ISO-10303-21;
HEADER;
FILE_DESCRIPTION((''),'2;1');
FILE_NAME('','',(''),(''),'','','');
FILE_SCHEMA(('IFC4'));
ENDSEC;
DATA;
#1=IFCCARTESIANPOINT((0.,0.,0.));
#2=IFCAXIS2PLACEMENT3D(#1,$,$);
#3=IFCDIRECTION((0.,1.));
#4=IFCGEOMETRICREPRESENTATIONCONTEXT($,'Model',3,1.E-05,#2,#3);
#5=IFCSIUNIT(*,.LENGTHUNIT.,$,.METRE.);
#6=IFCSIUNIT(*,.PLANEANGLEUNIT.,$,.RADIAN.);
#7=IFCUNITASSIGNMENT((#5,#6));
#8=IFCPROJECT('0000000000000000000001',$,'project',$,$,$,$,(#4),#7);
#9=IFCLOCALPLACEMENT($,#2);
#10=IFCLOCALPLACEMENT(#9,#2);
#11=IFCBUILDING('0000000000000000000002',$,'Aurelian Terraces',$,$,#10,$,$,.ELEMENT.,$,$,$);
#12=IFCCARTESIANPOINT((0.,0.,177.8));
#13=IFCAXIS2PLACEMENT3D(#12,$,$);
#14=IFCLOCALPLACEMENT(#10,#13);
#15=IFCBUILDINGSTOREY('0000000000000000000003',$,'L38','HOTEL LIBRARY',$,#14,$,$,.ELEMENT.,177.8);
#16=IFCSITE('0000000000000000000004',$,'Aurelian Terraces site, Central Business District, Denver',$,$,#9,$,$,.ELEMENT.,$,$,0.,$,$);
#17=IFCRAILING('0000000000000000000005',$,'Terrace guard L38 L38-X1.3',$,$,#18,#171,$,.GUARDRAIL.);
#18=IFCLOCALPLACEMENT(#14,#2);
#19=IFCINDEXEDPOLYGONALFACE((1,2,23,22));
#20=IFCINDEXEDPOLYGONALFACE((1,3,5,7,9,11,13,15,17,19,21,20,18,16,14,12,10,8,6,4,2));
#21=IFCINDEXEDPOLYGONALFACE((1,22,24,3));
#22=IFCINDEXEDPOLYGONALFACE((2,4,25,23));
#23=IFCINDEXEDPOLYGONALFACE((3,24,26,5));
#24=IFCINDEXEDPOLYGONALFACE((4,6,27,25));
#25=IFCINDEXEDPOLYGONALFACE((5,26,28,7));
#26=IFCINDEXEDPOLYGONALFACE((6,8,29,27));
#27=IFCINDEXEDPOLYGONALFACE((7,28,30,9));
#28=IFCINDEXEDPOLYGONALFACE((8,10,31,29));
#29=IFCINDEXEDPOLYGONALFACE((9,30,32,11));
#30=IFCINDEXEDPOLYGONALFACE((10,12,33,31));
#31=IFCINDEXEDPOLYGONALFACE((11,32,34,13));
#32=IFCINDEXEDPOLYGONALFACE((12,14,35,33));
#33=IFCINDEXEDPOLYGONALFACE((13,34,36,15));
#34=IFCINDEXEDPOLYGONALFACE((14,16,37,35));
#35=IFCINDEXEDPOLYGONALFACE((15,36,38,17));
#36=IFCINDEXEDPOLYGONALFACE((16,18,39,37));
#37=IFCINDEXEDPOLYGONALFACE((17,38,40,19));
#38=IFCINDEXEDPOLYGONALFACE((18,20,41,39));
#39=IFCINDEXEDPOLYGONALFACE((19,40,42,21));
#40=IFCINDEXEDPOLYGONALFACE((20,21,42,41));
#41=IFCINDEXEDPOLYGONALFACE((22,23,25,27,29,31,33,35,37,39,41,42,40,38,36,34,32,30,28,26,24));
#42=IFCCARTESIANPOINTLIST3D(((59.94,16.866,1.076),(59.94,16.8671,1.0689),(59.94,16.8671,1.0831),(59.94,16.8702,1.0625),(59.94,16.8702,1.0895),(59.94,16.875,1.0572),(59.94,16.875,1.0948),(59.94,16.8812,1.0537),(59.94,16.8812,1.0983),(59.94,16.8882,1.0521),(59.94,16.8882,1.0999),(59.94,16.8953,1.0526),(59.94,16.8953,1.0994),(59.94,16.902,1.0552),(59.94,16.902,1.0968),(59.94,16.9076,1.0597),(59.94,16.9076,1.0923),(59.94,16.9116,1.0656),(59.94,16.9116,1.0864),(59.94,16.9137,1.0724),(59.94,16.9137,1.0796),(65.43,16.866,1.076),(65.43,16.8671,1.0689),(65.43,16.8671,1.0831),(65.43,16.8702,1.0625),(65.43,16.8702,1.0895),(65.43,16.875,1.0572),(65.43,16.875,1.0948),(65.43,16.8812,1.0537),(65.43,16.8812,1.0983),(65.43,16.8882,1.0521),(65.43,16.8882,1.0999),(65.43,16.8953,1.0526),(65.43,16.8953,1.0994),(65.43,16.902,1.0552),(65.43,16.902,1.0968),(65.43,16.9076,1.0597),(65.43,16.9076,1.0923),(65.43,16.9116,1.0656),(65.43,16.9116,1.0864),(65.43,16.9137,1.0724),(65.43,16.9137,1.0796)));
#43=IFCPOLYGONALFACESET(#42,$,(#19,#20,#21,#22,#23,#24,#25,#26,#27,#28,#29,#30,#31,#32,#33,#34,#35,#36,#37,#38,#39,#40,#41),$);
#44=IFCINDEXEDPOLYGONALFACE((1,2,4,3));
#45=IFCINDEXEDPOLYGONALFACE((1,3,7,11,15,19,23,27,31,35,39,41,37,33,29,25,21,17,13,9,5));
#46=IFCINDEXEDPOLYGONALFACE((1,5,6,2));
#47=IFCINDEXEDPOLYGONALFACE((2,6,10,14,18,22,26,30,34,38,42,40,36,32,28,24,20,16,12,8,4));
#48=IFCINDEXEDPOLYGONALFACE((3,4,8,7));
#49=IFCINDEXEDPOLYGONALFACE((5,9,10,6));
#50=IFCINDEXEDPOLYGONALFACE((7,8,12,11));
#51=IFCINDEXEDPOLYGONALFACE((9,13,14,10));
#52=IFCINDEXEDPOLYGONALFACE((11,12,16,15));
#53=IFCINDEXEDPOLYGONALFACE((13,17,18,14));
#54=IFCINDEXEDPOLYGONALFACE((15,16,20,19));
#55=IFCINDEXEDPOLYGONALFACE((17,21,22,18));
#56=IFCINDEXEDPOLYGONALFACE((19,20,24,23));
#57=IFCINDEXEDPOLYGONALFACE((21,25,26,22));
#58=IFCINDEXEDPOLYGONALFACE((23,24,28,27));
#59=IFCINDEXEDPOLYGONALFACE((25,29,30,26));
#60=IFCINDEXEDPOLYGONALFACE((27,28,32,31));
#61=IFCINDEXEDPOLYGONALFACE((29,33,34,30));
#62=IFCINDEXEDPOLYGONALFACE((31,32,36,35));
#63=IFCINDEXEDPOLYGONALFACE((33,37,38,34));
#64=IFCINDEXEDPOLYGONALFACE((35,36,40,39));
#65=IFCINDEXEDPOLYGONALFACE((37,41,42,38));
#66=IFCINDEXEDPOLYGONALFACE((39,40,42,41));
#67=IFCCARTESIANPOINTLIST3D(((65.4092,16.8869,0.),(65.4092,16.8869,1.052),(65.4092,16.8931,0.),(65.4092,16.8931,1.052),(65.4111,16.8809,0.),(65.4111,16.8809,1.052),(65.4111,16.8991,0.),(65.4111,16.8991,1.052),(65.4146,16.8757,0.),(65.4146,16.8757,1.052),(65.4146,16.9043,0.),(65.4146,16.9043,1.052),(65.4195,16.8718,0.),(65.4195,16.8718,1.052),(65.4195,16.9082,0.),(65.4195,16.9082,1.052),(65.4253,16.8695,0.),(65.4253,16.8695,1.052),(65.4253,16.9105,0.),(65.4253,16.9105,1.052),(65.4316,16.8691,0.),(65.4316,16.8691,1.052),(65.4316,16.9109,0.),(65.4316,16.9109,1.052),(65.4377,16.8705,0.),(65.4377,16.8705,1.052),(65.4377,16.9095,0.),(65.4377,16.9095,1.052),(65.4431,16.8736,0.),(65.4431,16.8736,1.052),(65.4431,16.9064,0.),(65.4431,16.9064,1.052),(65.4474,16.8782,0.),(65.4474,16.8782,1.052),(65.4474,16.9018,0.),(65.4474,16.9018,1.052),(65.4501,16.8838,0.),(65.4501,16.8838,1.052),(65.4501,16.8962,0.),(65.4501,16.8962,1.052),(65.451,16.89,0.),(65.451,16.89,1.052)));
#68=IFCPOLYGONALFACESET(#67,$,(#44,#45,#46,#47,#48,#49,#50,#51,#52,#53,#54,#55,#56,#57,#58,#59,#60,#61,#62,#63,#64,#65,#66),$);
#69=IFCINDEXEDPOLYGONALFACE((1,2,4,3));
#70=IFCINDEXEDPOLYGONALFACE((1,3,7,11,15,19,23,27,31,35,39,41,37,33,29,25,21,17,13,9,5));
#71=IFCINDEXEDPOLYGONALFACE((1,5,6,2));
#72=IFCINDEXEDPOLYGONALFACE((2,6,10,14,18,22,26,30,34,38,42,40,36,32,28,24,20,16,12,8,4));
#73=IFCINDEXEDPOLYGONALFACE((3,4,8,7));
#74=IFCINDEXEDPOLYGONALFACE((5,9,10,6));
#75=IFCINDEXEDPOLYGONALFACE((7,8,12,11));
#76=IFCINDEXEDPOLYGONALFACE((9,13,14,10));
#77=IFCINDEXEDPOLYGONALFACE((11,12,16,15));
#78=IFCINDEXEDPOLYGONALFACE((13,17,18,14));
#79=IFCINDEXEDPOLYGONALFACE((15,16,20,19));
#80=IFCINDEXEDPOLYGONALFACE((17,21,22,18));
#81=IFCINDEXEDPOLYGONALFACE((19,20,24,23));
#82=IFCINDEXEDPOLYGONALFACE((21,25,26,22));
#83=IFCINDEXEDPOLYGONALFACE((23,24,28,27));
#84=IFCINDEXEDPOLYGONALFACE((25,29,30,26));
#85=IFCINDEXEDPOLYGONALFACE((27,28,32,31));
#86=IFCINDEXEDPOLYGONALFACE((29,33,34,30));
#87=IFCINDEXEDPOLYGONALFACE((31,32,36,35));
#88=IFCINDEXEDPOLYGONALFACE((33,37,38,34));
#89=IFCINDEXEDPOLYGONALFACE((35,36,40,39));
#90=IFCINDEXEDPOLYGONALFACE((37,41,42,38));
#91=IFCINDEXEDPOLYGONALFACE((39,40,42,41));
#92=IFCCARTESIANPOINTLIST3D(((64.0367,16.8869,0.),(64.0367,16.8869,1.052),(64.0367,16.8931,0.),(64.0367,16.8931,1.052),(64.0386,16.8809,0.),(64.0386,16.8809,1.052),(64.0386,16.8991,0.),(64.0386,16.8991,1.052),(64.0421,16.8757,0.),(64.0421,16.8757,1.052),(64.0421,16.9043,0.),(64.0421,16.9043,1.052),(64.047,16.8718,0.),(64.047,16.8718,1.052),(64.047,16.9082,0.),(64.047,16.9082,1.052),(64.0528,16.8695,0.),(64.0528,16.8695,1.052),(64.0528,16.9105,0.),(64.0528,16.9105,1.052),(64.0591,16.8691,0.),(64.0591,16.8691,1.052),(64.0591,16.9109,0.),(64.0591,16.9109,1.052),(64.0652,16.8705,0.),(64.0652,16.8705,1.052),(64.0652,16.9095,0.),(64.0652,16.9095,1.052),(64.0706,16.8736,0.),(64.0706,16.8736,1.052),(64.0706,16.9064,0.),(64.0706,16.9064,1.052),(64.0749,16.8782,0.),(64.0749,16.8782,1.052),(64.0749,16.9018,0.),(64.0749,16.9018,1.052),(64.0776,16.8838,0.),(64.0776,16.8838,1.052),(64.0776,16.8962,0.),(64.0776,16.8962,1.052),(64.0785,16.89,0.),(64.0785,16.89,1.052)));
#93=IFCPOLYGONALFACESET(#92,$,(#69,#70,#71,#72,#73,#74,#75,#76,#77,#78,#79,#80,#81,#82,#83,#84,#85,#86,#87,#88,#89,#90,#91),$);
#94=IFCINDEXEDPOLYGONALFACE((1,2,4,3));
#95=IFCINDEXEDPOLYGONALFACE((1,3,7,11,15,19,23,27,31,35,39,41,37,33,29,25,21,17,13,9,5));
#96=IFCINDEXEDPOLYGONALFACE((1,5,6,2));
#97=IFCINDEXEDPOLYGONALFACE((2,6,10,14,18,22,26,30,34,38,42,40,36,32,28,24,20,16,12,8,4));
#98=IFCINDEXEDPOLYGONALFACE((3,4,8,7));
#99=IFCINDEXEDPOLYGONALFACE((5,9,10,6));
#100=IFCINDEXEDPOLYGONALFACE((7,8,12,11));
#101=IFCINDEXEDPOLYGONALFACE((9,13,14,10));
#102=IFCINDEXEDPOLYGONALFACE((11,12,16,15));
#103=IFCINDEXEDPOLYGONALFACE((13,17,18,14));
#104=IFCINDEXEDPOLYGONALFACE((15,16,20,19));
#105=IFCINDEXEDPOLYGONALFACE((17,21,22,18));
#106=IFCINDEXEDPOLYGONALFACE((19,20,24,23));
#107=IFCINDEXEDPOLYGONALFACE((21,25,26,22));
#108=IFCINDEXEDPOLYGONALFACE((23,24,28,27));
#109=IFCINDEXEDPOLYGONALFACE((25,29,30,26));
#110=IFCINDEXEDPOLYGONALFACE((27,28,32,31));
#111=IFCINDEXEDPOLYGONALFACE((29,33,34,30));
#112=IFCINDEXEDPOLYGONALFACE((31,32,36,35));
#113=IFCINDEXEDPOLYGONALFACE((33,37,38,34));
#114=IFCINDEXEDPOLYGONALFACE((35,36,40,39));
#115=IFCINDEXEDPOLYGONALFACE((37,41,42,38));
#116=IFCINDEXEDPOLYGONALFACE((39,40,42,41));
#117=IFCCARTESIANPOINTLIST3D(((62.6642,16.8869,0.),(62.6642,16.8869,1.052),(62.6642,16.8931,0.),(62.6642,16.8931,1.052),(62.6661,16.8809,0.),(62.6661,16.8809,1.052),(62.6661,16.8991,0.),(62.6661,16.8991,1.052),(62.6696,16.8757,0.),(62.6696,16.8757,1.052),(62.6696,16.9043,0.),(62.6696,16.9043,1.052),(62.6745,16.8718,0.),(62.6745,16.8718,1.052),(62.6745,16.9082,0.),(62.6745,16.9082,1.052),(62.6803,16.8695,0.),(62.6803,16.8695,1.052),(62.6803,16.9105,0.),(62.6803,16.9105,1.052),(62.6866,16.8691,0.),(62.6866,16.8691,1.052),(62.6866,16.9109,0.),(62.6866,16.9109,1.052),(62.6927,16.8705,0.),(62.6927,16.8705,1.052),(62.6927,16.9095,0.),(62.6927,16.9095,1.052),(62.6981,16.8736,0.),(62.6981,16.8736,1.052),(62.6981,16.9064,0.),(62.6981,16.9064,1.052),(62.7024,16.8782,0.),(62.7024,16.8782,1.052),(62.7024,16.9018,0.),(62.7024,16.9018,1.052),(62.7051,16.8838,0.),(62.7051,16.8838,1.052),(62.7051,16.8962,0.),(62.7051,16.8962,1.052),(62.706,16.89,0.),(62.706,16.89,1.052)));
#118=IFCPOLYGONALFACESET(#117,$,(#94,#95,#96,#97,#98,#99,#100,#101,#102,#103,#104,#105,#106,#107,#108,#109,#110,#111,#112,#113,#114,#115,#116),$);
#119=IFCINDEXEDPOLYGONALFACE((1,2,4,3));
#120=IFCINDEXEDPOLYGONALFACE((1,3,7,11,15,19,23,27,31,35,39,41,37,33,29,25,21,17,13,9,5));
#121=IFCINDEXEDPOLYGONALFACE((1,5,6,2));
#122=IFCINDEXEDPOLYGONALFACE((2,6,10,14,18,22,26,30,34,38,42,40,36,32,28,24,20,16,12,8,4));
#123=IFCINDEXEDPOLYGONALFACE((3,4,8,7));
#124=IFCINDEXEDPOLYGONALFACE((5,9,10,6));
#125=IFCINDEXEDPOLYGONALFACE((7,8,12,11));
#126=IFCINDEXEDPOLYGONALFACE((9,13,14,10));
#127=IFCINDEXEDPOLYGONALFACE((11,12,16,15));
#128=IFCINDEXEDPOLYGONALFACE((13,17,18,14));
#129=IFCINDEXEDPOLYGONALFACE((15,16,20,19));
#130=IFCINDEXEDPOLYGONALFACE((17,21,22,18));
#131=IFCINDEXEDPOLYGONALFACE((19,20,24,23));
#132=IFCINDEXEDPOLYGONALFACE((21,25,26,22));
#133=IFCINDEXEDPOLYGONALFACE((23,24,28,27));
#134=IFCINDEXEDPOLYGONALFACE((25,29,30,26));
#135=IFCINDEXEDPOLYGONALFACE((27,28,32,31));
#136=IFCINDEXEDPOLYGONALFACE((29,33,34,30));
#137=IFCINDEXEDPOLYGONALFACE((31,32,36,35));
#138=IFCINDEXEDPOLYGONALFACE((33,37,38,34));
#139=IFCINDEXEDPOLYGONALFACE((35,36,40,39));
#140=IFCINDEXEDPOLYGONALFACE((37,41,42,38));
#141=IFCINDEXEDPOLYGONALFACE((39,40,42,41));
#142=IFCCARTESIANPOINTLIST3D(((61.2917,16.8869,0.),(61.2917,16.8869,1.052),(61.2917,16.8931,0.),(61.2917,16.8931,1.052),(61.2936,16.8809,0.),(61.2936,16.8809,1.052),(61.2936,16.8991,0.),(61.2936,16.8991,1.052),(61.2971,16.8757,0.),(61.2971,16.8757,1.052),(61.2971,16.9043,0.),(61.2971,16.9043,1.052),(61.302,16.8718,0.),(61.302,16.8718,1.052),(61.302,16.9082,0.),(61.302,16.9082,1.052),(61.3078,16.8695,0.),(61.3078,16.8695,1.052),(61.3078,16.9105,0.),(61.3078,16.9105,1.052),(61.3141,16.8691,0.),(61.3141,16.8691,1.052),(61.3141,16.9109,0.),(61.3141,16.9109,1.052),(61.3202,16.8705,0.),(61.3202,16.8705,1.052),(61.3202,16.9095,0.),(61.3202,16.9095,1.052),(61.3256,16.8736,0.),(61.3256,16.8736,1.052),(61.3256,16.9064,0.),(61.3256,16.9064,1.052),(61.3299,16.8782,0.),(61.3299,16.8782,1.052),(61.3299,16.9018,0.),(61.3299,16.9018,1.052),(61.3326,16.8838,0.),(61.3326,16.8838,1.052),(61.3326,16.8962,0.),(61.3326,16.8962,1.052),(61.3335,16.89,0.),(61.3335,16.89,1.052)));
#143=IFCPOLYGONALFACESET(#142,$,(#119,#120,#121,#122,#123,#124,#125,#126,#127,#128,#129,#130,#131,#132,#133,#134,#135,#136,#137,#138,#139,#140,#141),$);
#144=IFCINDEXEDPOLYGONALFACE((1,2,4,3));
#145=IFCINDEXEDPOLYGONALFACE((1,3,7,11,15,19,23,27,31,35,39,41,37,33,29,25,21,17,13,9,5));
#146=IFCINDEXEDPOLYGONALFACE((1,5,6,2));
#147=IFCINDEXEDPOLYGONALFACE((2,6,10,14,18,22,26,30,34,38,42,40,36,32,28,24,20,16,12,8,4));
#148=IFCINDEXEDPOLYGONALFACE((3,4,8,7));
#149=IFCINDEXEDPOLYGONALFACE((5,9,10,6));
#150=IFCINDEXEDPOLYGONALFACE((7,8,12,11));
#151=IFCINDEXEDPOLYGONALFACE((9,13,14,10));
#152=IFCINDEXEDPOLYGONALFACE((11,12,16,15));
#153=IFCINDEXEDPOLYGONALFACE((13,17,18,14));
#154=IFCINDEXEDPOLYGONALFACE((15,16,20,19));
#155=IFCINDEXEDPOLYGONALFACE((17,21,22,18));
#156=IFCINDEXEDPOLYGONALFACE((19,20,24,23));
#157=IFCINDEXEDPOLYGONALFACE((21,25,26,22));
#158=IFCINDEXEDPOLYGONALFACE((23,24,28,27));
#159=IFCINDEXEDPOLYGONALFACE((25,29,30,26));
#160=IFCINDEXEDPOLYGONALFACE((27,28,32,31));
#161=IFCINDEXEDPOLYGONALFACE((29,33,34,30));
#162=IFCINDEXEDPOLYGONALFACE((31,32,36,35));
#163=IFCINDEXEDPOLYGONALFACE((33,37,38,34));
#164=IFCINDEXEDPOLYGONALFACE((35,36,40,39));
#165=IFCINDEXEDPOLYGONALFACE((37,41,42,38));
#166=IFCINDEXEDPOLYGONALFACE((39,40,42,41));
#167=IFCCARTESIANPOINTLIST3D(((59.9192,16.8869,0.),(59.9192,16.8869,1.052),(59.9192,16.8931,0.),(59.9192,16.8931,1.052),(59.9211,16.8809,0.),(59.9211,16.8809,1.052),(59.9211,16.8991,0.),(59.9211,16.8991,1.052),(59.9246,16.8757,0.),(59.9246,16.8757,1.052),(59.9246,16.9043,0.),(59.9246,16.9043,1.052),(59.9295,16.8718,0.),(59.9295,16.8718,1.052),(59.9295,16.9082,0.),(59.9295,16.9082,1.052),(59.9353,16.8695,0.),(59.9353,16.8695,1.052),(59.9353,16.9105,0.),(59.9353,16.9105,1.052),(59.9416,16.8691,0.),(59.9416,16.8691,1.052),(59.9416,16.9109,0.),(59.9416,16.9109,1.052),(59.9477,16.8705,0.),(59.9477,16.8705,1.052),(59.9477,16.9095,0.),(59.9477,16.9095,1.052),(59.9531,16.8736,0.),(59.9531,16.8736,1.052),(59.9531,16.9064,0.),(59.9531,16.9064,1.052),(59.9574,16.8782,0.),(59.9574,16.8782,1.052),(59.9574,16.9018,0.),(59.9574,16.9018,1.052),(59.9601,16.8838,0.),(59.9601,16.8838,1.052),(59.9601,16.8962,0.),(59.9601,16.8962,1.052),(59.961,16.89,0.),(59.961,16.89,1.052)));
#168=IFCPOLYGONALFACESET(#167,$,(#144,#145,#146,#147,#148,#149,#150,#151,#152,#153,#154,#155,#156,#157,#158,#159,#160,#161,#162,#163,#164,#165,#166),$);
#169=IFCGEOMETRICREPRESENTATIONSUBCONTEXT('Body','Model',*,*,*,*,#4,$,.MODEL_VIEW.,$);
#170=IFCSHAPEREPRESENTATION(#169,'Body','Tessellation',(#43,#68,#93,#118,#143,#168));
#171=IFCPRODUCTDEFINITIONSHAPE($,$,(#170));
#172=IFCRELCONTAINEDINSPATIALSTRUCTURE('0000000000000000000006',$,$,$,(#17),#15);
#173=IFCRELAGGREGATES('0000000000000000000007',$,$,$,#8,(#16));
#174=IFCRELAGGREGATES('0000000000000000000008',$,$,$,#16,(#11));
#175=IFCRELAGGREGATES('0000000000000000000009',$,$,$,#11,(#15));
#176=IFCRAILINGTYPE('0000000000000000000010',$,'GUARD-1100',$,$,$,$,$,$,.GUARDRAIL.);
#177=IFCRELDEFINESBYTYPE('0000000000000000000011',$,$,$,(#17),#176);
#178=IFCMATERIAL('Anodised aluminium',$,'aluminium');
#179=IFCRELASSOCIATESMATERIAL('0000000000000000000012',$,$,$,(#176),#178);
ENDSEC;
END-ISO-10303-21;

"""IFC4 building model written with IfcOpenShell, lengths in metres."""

from ifc_helpers import new_model, si_unit, direction, frame, origin, origin_2d, place, context, subcontext, project, spatial, circle, extrude, material, type_object, element, save


model = new_model("IFC4")

# Units and contexts
model_context = context("Model", 3, precision=1e-05, world=origin(), true_north=direction((0.0, 1.0)))
body_context = subcontext(model_context, "Body", "Model", "MODEL_VIEW")
ifc_project = project(units=[si_unit("LENGTHUNIT", "METRE"), si_unit("PLANEANGLEUNIT", "RADIAN")], contexts=[model_context])

# Site, building, storey
site_placement = place(None, origin())
site = spatial("IfcSite", under=ifc_project, at=site_placement, Name="Aurelian Terraces site, Central Business District, Denver", CompositionType="ELEMENT", RefElevation=0.0)
building_placement = place(site_placement, origin())
building = spatial("IfcBuilding", under=site, at=building_placement, Name="Aurelian Terraces", CompositionType="ELEMENT")
storey_placement = place(building_placement, frame((0.0, 0.0, 177.8)))
storey = spatial("IfcBuildingStorey", under=building, at=storey_placement, Name="L38", Description="HOTEL LIBRARY", CompositionType="ELEMENT", Elevation=177.8)

# Railing
ifc_material_1 = material(Name="Anodised aluminium", Category="aluminium")
railing_type = type_object("IfcRailingType", Name="GUARD-1100", PredefinedType="GUARDRAIL", material=ifc_material_1)
railing_1_placement = place(storey_placement, frame((65.43, 16.89, 0.0)))
element("IfcRailing", 1, at=railing_1_placement, inside=storey, type_object=railing_type, Name="Terrace guard L38 L38-X1.3", PredefinedType="GUARDRAIL", context=body_context, shape_type="SweptSolid", body=[
    extrude(circle(Radius=0.024, at=origin_2d()), frame((0.0, 0.0, 1.076), z_axis=(-1.0, 0.0, 0.0), x_axis=(0.0, -1.0, 0.0)), (0.0, 0.0, 1.0), 5.49),
    extrude(circle(Radius=0.021, at=origin_2d()), origin(), (0.0, 0.0, 1.0), 1.052),
    extrude(circle(Radius=0.021, at=origin_2d()), frame((-1.3725, 0.0, 0.0)), (0.0, 0.0, 1.0), 1.052),
    extrude(circle(Radius=0.021, at=origin_2d()), frame((-2.745, 0.0, 0.0)), (0.0, 0.0, 1.0), 1.052),
    extrude(circle(Radius=0.021, at=origin_2d()), frame((-4.1175, 0.0, 0.0)), (0.0, 0.0, 1.0), 1.052),
    extrude(circle(Radius=0.021, at=origin_2d()), frame((-5.49, 0.0, 0.0)), (0.0, 0.0, 1.0), 1.052),
])

save(model, "model.ifc")
